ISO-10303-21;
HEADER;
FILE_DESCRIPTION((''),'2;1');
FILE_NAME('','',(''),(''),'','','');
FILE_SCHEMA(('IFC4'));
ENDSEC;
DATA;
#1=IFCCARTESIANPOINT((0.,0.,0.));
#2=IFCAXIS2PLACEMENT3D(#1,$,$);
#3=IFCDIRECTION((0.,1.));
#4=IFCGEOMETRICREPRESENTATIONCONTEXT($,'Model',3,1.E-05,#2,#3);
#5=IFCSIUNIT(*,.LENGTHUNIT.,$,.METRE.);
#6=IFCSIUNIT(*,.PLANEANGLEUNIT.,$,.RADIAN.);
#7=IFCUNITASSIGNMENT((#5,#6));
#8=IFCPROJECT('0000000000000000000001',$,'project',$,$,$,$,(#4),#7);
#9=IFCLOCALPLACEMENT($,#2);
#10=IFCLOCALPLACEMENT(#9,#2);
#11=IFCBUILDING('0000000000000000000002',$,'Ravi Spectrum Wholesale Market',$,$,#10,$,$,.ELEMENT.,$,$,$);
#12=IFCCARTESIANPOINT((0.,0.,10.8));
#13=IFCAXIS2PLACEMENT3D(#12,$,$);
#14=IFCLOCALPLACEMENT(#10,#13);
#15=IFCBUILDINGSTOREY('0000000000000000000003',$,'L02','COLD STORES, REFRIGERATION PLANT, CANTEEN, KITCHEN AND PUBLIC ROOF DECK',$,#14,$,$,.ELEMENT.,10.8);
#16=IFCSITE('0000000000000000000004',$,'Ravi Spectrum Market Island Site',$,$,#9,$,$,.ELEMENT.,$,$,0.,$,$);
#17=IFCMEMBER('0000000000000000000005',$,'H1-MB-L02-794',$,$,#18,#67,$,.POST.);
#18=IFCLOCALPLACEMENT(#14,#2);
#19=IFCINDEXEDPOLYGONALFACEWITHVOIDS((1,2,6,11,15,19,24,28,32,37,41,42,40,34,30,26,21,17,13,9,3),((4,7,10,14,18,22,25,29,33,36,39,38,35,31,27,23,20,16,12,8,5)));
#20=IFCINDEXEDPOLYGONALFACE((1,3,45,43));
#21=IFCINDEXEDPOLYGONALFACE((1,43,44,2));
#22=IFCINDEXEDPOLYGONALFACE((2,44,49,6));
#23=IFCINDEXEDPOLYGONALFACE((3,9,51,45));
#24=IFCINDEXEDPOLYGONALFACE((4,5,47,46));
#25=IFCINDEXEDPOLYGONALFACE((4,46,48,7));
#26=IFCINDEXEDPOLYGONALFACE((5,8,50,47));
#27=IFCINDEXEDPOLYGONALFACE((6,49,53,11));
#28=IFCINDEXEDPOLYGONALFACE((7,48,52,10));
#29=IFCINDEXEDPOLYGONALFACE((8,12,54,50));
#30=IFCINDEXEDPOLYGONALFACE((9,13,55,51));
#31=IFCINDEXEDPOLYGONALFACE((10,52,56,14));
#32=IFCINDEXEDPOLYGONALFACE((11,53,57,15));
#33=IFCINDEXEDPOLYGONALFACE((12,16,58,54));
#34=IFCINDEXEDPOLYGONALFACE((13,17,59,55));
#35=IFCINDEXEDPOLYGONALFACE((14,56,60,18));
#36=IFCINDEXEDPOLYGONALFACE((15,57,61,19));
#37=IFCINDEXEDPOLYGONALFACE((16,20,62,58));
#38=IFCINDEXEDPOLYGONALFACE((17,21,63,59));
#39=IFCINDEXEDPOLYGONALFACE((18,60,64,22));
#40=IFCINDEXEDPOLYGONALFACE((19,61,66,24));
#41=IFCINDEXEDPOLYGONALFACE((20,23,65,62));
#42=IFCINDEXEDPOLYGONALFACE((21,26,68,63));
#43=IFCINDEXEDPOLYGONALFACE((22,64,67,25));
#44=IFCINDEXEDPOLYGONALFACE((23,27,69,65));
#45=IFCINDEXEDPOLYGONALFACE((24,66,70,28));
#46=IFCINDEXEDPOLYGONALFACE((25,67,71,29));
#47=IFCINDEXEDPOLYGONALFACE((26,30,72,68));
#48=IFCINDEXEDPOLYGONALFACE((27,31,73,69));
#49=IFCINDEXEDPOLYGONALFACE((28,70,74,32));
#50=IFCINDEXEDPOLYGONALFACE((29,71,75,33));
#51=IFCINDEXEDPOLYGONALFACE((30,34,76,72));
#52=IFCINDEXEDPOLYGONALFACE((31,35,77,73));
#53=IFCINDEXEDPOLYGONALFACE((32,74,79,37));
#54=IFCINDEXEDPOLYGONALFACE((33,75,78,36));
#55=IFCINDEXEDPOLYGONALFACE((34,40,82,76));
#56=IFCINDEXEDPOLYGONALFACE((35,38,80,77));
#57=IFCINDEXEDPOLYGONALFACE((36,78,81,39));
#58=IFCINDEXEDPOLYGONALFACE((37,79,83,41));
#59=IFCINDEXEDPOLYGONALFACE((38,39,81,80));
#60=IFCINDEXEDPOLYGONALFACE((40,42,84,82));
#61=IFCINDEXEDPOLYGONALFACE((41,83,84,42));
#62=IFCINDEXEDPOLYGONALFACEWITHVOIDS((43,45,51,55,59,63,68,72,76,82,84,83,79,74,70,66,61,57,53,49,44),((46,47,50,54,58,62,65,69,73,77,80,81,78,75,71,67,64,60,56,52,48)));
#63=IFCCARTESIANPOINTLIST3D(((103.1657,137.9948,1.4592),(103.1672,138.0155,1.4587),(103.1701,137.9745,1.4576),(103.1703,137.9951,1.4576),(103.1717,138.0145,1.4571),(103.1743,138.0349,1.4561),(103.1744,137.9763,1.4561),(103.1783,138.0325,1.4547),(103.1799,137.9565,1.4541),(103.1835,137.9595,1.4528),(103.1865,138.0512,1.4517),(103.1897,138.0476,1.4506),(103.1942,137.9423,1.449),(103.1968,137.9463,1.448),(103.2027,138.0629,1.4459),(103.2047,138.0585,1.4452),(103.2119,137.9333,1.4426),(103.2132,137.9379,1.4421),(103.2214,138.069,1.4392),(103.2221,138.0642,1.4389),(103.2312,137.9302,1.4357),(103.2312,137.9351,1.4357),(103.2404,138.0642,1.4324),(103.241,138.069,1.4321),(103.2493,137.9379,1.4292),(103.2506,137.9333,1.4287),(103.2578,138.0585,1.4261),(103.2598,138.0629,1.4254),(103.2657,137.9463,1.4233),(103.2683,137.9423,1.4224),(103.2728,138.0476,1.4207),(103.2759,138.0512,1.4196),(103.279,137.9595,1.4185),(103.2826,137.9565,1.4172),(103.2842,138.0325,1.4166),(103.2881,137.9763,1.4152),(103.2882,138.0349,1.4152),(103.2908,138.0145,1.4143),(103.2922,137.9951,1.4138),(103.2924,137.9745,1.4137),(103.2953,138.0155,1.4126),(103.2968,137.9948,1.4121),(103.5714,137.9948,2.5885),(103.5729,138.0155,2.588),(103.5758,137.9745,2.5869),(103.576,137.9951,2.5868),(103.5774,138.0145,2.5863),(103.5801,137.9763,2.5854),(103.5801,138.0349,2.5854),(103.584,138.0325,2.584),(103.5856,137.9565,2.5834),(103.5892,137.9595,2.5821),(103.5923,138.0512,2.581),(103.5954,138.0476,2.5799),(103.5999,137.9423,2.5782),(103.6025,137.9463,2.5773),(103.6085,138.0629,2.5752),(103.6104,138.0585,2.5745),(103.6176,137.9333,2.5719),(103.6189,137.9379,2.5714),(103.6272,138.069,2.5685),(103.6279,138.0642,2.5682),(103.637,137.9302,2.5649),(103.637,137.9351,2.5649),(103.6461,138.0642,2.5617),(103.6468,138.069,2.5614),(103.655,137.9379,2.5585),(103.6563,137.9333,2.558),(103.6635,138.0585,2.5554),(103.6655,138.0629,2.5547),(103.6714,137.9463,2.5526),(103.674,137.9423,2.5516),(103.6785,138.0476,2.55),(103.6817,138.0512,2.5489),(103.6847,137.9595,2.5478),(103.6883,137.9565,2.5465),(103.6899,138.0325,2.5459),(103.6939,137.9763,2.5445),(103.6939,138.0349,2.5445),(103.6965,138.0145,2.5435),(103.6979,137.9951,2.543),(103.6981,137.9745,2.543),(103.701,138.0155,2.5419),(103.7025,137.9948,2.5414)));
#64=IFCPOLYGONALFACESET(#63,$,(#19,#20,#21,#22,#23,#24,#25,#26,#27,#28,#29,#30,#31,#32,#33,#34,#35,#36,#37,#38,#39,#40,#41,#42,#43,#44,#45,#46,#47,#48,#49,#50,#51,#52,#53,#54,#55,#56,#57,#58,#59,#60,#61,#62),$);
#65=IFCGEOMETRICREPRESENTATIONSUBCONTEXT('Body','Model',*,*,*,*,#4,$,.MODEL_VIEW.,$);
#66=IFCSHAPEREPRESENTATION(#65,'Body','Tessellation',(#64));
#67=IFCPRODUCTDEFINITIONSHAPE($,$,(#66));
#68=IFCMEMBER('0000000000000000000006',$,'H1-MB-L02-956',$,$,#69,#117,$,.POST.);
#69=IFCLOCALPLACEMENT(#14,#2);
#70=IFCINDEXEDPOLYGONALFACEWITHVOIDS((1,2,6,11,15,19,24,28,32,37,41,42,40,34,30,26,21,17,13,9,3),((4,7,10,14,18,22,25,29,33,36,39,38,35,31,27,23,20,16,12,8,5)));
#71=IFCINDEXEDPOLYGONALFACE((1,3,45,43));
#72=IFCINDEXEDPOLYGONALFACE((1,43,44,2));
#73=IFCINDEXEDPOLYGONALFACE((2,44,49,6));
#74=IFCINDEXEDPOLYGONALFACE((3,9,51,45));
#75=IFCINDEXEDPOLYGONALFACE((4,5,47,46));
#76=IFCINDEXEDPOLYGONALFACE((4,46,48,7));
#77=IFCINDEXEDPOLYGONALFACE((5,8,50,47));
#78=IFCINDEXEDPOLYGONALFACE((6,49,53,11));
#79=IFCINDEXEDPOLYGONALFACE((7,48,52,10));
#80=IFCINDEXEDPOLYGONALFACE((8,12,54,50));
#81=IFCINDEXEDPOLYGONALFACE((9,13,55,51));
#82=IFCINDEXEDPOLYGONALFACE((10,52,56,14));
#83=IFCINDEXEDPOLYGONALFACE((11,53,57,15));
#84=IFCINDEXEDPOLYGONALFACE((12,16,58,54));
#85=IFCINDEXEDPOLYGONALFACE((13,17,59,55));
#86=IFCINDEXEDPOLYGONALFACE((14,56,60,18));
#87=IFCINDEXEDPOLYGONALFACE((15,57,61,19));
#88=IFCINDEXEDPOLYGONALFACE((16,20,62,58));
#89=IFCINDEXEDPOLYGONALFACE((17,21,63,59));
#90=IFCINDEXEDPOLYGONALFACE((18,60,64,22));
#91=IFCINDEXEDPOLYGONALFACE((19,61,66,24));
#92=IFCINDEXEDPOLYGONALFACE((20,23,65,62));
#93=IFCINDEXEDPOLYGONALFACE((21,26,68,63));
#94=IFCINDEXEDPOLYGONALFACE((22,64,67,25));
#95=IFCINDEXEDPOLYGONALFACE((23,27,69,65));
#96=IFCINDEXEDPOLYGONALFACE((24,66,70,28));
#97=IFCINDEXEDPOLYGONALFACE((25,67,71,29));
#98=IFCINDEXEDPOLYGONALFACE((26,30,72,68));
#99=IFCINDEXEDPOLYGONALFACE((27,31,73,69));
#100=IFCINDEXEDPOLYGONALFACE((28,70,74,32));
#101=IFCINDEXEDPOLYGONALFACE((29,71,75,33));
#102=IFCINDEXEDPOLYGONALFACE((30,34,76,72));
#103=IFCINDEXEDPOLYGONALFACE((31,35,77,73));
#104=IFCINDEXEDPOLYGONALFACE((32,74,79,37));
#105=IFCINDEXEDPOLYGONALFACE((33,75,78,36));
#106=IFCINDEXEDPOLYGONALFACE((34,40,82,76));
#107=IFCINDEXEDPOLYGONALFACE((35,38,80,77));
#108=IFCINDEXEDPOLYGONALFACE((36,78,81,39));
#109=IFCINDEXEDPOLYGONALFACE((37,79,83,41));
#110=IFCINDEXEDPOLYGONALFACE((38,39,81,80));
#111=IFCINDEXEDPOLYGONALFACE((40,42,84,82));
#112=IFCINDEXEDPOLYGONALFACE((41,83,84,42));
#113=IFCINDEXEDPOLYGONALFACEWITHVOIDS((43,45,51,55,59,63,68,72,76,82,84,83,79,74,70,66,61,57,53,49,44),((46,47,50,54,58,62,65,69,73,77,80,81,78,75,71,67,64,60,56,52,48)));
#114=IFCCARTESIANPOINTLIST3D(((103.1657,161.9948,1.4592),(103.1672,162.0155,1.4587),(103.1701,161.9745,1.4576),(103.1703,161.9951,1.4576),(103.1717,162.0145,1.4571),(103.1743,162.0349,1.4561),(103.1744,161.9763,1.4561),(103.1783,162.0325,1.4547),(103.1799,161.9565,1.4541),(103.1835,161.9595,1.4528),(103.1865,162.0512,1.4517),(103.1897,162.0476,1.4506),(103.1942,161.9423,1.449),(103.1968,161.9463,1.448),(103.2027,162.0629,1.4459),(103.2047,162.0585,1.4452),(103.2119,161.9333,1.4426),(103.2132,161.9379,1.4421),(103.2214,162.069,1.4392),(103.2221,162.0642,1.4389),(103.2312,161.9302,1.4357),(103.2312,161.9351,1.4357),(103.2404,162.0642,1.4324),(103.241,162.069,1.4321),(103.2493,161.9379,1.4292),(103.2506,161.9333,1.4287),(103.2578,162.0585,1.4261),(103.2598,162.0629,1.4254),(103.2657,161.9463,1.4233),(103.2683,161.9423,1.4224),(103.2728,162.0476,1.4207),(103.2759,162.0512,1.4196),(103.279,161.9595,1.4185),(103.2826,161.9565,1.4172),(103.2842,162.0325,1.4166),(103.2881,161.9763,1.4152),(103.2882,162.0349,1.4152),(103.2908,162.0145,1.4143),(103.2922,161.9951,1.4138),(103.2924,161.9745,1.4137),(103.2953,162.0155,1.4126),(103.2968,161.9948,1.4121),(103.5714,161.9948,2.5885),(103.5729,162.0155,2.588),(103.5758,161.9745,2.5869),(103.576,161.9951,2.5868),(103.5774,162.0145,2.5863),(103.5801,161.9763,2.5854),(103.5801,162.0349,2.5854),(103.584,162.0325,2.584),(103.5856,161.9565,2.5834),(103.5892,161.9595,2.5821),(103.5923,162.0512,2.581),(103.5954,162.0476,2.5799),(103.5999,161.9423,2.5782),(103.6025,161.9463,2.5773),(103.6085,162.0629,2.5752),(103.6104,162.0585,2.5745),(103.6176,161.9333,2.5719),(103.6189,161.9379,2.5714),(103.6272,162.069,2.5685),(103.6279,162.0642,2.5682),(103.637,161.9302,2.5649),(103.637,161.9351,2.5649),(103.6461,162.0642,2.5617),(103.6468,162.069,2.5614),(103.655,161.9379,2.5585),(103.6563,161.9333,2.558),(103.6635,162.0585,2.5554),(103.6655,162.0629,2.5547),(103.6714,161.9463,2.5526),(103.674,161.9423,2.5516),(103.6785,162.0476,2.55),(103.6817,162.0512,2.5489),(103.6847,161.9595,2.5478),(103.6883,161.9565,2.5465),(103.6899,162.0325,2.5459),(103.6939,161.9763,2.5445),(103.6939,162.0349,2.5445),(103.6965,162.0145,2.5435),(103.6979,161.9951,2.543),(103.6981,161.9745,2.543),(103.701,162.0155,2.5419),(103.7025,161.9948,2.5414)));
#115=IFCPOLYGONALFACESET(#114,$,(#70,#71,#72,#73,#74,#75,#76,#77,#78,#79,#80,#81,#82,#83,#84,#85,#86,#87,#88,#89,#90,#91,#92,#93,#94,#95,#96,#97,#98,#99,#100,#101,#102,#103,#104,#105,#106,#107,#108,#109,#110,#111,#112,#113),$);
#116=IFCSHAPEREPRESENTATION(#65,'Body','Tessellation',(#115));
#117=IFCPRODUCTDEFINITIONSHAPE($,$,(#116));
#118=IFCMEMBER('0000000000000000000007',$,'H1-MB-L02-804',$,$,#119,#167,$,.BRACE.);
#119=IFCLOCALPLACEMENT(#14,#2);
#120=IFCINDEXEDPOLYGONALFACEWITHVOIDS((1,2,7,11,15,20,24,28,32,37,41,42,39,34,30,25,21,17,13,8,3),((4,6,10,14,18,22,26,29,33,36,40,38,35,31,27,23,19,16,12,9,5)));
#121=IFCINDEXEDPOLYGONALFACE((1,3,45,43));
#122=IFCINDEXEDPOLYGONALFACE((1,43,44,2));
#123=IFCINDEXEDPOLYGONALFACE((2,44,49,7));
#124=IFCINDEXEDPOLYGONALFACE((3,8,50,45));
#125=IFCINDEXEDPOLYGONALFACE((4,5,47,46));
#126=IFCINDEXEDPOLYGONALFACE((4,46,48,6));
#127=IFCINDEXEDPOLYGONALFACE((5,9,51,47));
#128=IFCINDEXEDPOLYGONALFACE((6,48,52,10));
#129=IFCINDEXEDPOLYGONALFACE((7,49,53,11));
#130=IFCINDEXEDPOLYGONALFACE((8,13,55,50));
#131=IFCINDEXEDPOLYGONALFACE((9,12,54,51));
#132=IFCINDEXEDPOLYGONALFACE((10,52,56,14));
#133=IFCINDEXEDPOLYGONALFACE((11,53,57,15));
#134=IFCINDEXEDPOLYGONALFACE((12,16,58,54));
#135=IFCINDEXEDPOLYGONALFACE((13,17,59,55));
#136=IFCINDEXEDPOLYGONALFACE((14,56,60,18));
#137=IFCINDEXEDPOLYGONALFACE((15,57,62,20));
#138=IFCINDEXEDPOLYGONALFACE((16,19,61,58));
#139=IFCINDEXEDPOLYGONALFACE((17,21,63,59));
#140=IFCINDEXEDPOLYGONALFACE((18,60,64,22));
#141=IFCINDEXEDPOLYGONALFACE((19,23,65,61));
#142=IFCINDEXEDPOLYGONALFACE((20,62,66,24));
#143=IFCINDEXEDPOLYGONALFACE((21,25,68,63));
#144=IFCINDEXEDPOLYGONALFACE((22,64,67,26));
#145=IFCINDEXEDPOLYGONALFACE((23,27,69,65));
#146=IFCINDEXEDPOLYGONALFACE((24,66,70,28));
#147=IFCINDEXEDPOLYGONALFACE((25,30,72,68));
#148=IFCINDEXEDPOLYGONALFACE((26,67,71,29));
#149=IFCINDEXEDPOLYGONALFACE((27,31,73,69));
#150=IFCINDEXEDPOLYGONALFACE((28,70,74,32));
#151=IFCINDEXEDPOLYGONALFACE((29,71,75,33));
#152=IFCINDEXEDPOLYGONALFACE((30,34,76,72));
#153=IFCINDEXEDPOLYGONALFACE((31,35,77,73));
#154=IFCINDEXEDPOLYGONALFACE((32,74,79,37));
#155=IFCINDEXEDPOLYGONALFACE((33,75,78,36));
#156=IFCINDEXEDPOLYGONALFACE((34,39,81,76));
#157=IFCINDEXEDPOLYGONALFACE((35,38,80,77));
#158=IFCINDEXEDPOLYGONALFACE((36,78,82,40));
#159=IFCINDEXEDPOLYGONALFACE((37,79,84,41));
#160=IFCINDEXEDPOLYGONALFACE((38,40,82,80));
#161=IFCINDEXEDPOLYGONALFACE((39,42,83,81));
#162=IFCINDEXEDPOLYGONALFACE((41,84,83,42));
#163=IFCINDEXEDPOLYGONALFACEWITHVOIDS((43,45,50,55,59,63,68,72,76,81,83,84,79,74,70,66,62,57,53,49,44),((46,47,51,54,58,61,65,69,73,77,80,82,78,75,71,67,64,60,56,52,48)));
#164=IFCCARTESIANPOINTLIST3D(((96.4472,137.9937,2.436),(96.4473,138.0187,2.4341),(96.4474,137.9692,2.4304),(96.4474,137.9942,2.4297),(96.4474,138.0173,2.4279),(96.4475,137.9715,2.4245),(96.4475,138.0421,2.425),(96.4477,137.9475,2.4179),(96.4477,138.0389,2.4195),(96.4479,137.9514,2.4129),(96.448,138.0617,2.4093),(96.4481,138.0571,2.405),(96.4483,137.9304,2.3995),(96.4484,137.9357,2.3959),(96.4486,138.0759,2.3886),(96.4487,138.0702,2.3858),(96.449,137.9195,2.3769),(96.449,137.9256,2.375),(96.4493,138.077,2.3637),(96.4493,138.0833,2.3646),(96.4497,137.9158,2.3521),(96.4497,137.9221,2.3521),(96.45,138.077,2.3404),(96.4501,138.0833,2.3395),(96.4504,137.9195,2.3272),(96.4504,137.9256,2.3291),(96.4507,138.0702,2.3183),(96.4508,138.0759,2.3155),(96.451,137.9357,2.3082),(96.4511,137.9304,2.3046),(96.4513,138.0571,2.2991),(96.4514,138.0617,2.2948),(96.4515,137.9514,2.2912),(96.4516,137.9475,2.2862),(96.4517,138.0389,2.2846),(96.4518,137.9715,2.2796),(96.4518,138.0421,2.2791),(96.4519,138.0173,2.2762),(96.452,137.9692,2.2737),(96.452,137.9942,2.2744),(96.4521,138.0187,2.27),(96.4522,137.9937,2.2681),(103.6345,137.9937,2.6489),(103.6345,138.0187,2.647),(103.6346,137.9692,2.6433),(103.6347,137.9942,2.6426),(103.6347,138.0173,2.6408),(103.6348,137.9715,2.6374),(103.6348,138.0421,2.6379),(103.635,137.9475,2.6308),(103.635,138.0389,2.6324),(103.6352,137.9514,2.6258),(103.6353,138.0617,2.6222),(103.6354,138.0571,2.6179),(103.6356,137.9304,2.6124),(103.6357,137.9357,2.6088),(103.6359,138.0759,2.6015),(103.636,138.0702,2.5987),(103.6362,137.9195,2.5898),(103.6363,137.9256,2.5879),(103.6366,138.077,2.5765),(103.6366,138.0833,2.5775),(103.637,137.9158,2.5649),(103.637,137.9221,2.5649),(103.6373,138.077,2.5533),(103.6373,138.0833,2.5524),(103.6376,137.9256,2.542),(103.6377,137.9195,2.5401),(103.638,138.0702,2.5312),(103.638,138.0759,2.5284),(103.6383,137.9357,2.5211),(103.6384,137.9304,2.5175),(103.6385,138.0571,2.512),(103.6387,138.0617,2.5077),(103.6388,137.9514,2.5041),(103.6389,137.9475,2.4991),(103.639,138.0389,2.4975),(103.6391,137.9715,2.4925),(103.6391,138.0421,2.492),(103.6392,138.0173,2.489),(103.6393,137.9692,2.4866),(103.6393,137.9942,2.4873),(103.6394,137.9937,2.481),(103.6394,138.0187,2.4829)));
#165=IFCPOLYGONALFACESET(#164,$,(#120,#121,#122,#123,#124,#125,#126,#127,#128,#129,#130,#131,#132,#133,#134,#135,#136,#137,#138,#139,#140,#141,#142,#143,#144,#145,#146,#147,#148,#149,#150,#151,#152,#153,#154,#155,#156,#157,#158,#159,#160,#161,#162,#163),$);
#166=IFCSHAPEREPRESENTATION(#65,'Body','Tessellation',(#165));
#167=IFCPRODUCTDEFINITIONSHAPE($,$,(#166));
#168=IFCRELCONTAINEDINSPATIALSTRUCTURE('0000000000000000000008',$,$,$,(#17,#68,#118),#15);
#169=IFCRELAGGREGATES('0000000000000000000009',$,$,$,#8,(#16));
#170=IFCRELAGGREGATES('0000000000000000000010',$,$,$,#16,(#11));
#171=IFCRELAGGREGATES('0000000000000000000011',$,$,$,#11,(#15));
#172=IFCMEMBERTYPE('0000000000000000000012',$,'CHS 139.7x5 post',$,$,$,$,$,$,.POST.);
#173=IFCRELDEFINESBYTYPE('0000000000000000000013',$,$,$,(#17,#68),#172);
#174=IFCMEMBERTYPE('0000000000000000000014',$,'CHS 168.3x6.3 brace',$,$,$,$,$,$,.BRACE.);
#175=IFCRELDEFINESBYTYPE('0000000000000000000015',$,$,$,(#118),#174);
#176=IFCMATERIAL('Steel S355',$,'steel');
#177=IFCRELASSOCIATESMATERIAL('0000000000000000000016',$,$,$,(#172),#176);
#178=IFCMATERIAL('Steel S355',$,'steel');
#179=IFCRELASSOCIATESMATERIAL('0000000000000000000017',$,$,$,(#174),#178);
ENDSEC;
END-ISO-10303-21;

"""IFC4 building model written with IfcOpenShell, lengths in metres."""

from ifc_helpers import new_model, si_unit, direction, frame, origin, origin_2d, place, context, subcontext, project, spatial, hollow_circle, extrude, material, material_profile, profile_set, type_object, element, save


model = new_model("IFC4")

# Units and contexts
model_context = context("Model", 3, precision=1e-05, world=origin(), true_north=direction((0.0, 1.0)))
body_context = subcontext(model_context, "Body", "Model", "MODEL_VIEW")
ifc_project = project(units=[si_unit("LENGTHUNIT", "METRE"), si_unit("PLANEANGLEUNIT", "RADIAN")], contexts=[model_context])

# Site, building, storey
site_placement = place(None, origin())
site = spatial("IfcSite", under=ifc_project, at=site_placement, Name="Ravi Spectrum Market Island Site", CompositionType="ELEMENT", RefElevation=0.0)
building_placement = place(site_placement, origin())
building = spatial("IfcBuilding", under=site, at=building_placement, Name="Ravi Spectrum Wholesale Market", CompositionType="ELEMENT")
storey_placement = place(building_placement, frame((0.0, 0.0, 10.8)))
storey = spatial("IfcBuildingStorey", under=building, at=storey_placement, Name="L02", Description="COLD STORES, REFRIGERATION PLANT, CANTEEN, KITCHEN AND PUBLIC ROOF DECK", CompositionType="ELEMENT", Elevation=10.8)

# Members
ifc_material_1 = material(Name="Steel S355", Category="steel")
ifc_material_profile_1 = material_profile(ifc_material_1, hollow_circle(Radius=0.0698, WallThickness=0.0049, at=origin_2d()))
ifc_profile_set_1 = profile_set([ifc_material_profile_1], Name="Steel S355")
member_type_1 = type_object("IfcMemberType", Name="CHS 139.7x5 post", PredefinedType="POST", material=ifc_profile_set_1)
for number, where, z_axis, x_axis, name in (
    (1, (103.637, 138.0, 2.5649), (-0.338114, 0.0, -0.941105), (0.0, -1.0, 0.0), "H1-MB-L02-794"),
    (2, (103.637, 162.0, 2.5649), (-0.338114, 0.0, -0.941105), (0.0, -1.0, 0.0), "H1-MB-L02-956"),
):
    element("IfcMember", number, at=place(storey_placement, frame(where, z_axis=z_axis, x_axis=x_axis)), inside=storey, type_object=member_type_1, Name=name, PredefinedType="POST", context=body_context, shape_type="SweptSolid", body=[
        extrude(hollow_circle(Radius=0.0698, WallThickness=0.0049, at=origin_2d()), origin(), (0.0, 0.0, 1.0), 1.2),
    ])
ifc_material_2 = material(Name="Steel S355", Category="steel")
ifc_material_profile_2 = material_profile(ifc_material_2, hollow_circle(Radius=0.0842, WallThickness=0.0063, at=origin_2d()))
ifc_profile_set_2 = profile_set([ifc_material_profile_2], Name="Steel S355")
member_type_2 = type_object("IfcMemberType", Name="CHS 168.3x6.3 brace", PredefinedType="BRACE", material=ifc_profile_set_2)
for number, where, z_axis, x_axis, name in (
    (3, (103.637, 138.0, 2.5649), (-0.999562, 0.0, -0.029608), (0.0, -1.0, 0.0), "H1-MB-L02-804"),
):
    element("IfcMember", number, at=place(storey_placement, frame(where, z_axis=z_axis, x_axis=x_axis)), inside=storey, type_object=member_type_2, Name=name, PredefinedType="BRACE", context=body_context, shape_type="SweptSolid", body=[
        extrude(hollow_circle(Radius=0.0842, WallThickness=0.0063, at=origin_2d()), origin(), (0.0, 0.0, 1.0), 7.1904),
    ])

save(model, "model.ifc")
